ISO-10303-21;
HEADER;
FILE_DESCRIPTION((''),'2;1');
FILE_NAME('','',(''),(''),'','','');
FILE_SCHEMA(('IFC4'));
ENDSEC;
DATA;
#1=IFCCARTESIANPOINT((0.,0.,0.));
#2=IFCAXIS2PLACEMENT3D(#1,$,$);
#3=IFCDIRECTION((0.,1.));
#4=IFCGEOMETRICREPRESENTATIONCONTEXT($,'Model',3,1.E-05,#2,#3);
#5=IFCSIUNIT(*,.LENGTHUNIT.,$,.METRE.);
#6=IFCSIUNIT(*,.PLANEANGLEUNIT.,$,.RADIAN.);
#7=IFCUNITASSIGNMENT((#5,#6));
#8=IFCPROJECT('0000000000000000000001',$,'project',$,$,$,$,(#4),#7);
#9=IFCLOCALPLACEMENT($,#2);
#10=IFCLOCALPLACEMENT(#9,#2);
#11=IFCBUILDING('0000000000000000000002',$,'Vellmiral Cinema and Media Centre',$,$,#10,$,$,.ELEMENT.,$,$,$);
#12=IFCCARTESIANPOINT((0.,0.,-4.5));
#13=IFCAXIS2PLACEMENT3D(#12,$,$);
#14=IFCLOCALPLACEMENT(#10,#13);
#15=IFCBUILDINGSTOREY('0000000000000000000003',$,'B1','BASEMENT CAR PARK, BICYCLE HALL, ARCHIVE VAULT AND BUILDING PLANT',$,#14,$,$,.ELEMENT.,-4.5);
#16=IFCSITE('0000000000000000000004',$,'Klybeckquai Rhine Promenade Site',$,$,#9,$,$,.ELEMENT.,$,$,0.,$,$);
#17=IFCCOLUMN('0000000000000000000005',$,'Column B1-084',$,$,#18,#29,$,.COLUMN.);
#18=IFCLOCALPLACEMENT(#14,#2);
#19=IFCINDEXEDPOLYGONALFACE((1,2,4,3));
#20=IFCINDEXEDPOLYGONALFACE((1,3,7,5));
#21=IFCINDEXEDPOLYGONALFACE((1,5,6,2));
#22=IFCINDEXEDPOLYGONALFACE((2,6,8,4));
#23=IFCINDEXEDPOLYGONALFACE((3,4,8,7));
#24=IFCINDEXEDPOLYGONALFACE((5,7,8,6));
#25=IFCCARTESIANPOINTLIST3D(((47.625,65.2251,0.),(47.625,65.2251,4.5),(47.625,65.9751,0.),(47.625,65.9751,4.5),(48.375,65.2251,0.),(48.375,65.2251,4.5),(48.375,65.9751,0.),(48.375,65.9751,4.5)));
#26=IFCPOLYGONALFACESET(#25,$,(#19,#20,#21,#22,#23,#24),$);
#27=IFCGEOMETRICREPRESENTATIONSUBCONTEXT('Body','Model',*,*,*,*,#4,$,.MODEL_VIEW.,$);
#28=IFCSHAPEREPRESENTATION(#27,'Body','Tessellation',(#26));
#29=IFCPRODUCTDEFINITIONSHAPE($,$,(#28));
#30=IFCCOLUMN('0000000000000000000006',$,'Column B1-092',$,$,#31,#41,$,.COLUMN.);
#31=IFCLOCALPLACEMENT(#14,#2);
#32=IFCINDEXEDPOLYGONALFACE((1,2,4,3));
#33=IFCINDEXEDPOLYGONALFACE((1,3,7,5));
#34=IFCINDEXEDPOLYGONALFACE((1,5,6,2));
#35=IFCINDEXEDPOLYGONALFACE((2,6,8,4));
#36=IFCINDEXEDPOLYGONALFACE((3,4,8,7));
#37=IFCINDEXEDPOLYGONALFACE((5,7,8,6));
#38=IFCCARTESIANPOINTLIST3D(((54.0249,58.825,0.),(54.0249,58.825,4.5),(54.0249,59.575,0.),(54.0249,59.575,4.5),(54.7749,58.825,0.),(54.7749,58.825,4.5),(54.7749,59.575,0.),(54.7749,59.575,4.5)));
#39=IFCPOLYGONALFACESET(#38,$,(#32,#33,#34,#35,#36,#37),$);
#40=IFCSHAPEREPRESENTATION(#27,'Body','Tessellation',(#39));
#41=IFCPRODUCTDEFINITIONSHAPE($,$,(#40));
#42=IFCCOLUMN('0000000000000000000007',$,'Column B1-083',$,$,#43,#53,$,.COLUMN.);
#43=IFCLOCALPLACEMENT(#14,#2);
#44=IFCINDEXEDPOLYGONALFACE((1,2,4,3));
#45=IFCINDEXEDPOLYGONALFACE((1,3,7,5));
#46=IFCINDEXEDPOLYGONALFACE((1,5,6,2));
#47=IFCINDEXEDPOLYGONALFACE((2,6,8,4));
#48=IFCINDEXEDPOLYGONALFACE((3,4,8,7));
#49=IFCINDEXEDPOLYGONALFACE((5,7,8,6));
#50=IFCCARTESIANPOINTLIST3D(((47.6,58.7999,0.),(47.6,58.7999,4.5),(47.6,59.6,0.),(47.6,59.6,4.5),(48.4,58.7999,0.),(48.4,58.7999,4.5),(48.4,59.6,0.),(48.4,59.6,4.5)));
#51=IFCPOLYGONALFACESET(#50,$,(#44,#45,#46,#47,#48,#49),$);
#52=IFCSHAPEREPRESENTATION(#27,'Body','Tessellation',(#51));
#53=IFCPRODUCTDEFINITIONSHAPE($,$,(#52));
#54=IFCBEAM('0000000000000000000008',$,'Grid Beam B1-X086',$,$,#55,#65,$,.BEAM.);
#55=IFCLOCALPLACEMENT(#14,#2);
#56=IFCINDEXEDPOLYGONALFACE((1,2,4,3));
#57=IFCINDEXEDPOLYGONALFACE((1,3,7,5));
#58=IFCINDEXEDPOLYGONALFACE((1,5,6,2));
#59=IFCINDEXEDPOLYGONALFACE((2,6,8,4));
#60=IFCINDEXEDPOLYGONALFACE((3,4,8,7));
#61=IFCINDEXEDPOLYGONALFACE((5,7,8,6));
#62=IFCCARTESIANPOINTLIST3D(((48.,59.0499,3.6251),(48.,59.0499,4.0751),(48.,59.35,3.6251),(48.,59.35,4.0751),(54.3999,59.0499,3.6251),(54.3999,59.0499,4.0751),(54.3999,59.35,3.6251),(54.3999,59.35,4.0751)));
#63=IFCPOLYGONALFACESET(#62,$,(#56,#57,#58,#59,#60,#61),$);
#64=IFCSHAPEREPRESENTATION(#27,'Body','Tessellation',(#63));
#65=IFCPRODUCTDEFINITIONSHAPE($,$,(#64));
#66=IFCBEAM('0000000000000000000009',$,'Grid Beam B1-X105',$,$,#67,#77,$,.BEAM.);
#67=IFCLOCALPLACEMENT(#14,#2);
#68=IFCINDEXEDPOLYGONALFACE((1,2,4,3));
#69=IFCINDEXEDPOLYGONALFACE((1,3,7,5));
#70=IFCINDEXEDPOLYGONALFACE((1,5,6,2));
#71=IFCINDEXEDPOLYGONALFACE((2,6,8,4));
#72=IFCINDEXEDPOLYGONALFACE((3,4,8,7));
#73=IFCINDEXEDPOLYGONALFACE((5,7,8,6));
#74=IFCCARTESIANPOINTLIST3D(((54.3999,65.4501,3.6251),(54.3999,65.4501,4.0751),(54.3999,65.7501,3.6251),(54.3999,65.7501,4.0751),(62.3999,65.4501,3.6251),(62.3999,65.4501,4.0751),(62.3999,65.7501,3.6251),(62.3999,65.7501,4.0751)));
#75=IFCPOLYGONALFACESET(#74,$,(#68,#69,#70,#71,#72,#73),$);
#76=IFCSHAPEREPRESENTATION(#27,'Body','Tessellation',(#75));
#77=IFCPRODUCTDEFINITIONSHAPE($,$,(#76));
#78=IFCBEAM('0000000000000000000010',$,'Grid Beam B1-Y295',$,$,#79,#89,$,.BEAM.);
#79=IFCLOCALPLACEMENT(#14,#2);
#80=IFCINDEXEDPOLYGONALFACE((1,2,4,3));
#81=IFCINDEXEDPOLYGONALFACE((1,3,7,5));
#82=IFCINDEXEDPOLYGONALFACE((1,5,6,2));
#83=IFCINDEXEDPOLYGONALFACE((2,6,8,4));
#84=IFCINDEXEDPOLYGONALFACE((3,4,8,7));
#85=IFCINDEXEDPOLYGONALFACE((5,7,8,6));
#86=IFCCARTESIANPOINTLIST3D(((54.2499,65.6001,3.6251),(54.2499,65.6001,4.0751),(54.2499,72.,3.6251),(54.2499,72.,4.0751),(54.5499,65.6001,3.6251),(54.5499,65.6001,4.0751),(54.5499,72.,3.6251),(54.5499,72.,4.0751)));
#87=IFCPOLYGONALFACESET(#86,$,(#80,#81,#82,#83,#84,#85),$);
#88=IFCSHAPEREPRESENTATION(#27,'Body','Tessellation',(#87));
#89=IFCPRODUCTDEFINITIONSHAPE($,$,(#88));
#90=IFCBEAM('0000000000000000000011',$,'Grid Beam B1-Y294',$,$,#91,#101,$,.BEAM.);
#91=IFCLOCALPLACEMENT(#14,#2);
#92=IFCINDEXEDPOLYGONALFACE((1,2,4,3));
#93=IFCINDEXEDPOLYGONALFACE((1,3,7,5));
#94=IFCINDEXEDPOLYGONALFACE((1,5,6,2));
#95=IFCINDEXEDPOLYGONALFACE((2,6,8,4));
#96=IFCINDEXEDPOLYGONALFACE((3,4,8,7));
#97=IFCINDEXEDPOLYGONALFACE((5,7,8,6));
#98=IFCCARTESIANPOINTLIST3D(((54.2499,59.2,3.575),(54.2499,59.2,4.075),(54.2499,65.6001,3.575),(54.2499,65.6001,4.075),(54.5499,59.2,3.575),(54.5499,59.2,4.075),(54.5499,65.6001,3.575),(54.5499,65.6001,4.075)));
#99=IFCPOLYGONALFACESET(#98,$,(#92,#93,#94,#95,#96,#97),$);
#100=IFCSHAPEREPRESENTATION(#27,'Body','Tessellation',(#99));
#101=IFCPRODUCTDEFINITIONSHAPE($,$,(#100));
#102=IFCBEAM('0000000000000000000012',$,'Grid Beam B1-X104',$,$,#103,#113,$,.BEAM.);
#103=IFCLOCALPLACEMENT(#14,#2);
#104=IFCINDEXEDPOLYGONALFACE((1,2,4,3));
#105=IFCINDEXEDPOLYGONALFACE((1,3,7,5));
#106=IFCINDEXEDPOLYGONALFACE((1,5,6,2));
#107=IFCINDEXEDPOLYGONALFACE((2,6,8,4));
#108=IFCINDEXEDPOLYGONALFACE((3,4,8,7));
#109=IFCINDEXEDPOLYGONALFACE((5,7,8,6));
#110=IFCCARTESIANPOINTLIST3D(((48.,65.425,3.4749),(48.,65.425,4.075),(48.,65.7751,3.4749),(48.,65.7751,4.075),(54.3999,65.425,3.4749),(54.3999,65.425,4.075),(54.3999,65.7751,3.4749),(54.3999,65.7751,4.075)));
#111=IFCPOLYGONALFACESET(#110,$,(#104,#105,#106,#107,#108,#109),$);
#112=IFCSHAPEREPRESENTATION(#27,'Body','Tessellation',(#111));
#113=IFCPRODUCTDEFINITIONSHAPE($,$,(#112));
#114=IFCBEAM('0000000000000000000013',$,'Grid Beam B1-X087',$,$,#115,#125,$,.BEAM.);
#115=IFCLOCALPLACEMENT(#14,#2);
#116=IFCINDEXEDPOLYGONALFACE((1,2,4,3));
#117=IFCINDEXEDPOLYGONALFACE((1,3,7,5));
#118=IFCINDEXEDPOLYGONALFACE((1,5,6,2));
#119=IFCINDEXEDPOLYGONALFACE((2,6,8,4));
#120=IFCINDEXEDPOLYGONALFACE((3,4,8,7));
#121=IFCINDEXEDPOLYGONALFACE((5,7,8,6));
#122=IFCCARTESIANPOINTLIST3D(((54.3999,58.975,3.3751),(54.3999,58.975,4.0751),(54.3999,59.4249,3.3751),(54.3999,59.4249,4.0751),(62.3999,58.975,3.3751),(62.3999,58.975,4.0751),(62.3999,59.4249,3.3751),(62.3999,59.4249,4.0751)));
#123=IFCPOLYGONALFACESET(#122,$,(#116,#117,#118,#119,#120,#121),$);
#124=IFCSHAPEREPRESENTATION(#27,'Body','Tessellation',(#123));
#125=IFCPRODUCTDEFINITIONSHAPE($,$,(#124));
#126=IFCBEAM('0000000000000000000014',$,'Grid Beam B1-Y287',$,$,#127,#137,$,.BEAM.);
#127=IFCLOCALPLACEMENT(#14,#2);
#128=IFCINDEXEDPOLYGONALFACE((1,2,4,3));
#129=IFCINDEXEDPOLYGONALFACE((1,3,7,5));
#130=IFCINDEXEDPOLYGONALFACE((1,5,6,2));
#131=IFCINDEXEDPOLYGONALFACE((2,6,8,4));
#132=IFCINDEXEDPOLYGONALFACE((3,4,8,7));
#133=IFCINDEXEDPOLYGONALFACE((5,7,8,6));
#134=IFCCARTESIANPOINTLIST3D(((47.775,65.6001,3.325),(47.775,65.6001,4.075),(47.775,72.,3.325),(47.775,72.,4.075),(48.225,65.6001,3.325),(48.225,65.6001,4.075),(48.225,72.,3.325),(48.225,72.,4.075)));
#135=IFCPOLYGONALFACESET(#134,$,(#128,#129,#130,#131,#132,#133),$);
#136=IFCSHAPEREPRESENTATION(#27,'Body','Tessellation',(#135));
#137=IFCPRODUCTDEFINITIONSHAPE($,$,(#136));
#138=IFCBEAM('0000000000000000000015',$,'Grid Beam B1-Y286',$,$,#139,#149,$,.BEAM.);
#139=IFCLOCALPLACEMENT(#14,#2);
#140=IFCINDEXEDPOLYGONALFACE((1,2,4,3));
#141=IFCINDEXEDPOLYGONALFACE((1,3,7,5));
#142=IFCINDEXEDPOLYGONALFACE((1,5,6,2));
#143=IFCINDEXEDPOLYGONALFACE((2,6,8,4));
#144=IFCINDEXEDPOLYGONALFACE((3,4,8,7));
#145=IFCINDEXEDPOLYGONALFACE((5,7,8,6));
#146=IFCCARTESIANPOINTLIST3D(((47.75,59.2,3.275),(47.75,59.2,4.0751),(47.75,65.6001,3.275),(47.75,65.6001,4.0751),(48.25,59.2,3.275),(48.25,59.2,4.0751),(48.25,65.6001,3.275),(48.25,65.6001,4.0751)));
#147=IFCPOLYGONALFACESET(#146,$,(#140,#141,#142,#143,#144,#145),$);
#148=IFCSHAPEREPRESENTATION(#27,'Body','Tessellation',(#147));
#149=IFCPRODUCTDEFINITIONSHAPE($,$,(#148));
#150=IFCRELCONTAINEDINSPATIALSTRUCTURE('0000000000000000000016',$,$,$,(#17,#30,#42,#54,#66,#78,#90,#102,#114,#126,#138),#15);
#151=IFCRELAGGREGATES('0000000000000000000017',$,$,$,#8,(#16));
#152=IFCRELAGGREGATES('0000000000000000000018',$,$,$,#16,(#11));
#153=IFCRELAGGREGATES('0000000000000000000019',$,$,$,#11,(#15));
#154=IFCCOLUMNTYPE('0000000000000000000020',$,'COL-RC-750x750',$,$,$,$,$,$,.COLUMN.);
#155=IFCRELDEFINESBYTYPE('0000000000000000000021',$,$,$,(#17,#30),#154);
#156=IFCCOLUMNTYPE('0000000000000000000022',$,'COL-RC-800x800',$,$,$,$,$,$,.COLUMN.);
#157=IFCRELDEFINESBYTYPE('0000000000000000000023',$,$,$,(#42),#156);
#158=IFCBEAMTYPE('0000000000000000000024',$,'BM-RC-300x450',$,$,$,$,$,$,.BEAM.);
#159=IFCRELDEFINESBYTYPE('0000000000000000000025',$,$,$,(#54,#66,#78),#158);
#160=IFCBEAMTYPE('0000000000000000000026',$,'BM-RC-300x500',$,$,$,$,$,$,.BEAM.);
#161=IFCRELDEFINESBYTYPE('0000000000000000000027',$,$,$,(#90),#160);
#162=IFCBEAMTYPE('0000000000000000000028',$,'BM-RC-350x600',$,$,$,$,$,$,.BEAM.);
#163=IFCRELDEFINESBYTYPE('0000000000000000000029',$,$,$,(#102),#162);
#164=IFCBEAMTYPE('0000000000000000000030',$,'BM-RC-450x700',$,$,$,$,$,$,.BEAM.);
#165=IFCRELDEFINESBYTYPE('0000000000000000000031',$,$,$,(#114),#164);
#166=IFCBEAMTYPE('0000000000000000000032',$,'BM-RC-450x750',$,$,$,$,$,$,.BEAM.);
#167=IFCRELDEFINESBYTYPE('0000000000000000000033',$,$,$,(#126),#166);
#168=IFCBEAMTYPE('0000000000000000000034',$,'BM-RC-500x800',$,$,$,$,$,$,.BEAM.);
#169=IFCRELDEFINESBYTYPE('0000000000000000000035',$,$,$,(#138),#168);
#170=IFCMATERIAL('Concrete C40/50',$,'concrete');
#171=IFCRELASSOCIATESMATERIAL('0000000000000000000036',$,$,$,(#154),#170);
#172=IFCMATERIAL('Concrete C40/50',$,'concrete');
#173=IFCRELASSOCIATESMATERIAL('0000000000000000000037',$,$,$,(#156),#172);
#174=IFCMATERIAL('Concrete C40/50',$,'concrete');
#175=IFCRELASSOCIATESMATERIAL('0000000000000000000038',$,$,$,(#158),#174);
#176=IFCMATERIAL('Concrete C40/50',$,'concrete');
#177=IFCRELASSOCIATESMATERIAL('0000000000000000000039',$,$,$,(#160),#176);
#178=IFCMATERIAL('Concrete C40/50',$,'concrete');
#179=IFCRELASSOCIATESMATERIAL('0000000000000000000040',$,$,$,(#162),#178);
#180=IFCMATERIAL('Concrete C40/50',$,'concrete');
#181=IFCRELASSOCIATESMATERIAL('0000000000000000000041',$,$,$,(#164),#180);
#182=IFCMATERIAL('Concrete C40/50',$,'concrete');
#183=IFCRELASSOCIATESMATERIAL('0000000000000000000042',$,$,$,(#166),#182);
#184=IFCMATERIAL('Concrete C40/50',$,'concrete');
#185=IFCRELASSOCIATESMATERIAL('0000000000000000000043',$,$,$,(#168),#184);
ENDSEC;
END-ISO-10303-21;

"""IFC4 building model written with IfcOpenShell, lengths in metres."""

from ifc_helpers import new_model, si_unit, direction, frame, origin, origin_2d, place, context, subcontext, project, spatial, rectangle, extrude, material, material_profile, profile_set, type_object, element, save


model = new_model("IFC4")

# Units and contexts
model_context = context("Model", 3, precision=1e-05, world=origin(), true_north=direction((0.0, 1.0)))
body_context = subcontext(model_context, "Body", "Model", "MODEL_VIEW")
ifc_project = project(units=[si_unit("LENGTHUNIT", "METRE"), si_unit("PLANEANGLEUNIT", "RADIAN")], contexts=[model_context])

# Site, building, storey
site_placement = place(None, origin())
site = spatial("IfcSite", under=ifc_project, at=site_placement, Name="Klybeckquai Rhine Promenade Site", CompositionType="ELEMENT", RefElevation=0.0)
building_placement = place(site_placement, origin())
building = spatial("IfcBuilding", under=site, at=building_placement, Name="Vellmiral Cinema and Media Centre", CompositionType="ELEMENT")
storey_placement = place(building_placement, frame((0.0, 0.0, -4.5)))
storey = spatial("IfcBuildingStorey", under=building, at=storey_placement, Name="B1", Description="BASEMENT CAR PARK, BICYCLE HALL, ARCHIVE VAULT AND BUILDING PLANT", CompositionType="ELEMENT", Elevation=-4.5)

# Columns
ifc_material_1 = material(Name="Concrete C40/50", Category="concrete")
ifc_material_profile_1 = material_profile(ifc_material_1, rectangle(XDim=0.75, YDim=0.75, at=origin_2d()), Name="RC 750x750")
ifc_profile_set_1 = profile_set([ifc_material_profile_1], Name="Concrete C40/50")
column_type_1 = type_object("IfcColumnType", Name="COL-RC-750x750", PredefinedType="COLUMN", material=ifc_profile_set_1)
for number, where, z_axis, x_axis, name in (
    (1, (48.0, 65.6001, 0.0), (0.0, 0.0, 1.0), (1.0, 0.0, 0.0), "Column B1-084"),
    (2, (54.3999, 59.2, 0.0), (0.0, 0.0, 1.0), (1.0, 0.0, 0.0), "Column B1-092"),
):
    element("IfcColumn", number, at=place(storey_placement, frame(where, z_axis=z_axis, x_axis=x_axis)), inside=storey, type_object=column_type_1, Name=name, PredefinedType="COLUMN", context=body_context, shape_type="SweptSolid", body=[
        extrude(rectangle(XDim=0.75, YDim=0.75, at=origin_2d()), origin(), (0.0, 0.0, 1.0), 4.5),
    ])
ifc_material_2 = material(Name="Concrete C40/50", Category="concrete")
ifc_material_profile_2 = material_profile(ifc_material_2, rectangle(XDim=0.8, YDim=0.8, at=origin_2d()), Name="RC 800x800")
ifc_profile_set_2 = profile_set([ifc_material_profile_2], Name="Concrete C40/50")
column_type_2 = type_object("IfcColumnType", Name="COL-RC-800x800", PredefinedType="COLUMN", material=ifc_profile_set_2)
column_1_placement = place(storey_placement, frame((48.0, 59.2, 0.0), z_axis=(0.0, 0.0, 1.0), x_axis=(1.0, 0.0, 0.0)))
element("IfcColumn", 3, at=column_1_placement, inside=storey, type_object=column_type_2, Name="Column B1-083", PredefinedType="COLUMN", context=body_context, shape_type="SweptSolid", body=[
    extrude(rectangle(XDim=0.8, YDim=0.8, at=origin_2d()), origin(), (0.0, 0.0, 1.0), 4.5),
])

# Beams
ifc_material_3 = material(Name="Concrete C40/50", Category="concrete")
ifc_material_profile_3 = material_profile(ifc_material_3, rectangle(XDim=0.3, YDim=0.45, at=origin_2d()), Name="RC 300x450")
ifc_profile_set_3 = profile_set([ifc_material_profile_3], Name="Concrete C40/50")
beam_type_1 = type_object("IfcBeamType", Name="BM-RC-300x450", PredefinedType="BEAM", material=ifc_profile_set_3)
beam_1_placement = place(storey_placement, frame((48.0, 59.2, 3.8501), z_axis=(1.0, 0.0, 0.0), x_axis=(0.0, 1.0, 0.0)))
element("IfcBeam", 4, at=beam_1_placement, inside=storey, type_object=beam_type_1, Name="Grid Beam B1-X086", PredefinedType="BEAM", context=body_context, shape_type="SweptSolid", body=[
    extrude(rectangle(XDim=0.3, YDim=0.45, at=origin_2d()), origin(), (0.0, 0.0, 1.0), 6.3999),
])
beam_2_placement = place(storey_placement, frame((54.3999, 65.6001, 3.8501), z_axis=(1.0, 0.0, 0.0), x_axis=(0.0, 1.0, 0.0)))
element("IfcBeam", 5, at=beam_2_placement, inside=storey, type_object=beam_type_1, Name="Grid Beam B1-X105", PredefinedType="BEAM", context=body_context, shape_type="SweptSolid", body=[
    extrude(rectangle(XDim=0.3, YDim=0.45, at=origin_2d()), origin(), (0.0, 0.0, 1.0), 8.0),
])
beam_3_placement = place(storey_placement, frame((54.3999, 65.6001, 3.8501), z_axis=(0.0, 1.0, 0.0), x_axis=(-1.0, 0.0, 0.0)))
element("IfcBeam", 6, at=beam_3_placement, inside=storey, type_object=beam_type_1, Name="Grid Beam B1-Y295", PredefinedType="BEAM", context=body_context, shape_type="SweptSolid", body=[
    extrude(rectangle(XDim=0.3, YDim=0.45, at=origin_2d()), origin(), (0.0, 0.0, 1.0), 6.3999),
])
ifc_material_4 = material(Name="Concrete C40/50", Category="concrete")
ifc_material_profile_4 = material_profile(ifc_material_4, rectangle(XDim=0.3, YDim=0.5, at=origin_2d()), Name="RC 300x500")
ifc_profile_set_4 = profile_set([ifc_material_profile_4], Name="Concrete C40/50")
beam_type_2 = type_object("IfcBeamType", Name="BM-RC-300x500", PredefinedType="BEAM", material=ifc_profile_set_4)
beam_4_placement = place(storey_placement, frame((54.3999, 59.2, 3.825), z_axis=(0.0, 1.0, 0.0), x_axis=(-1.0, 0.0, 0.0)))
element("IfcBeam", 7, at=beam_4_placement, inside=storey, type_object=beam_type_2, Name="Grid Beam B1-Y294", PredefinedType="BEAM", context=body_context, shape_type="SweptSolid", body=[
    extrude(rectangle(XDim=0.3, YDim=0.5, at=origin_2d()), origin(), (0.0, 0.0, 1.0), 6.4001),
])
ifc_material_5 = material(Name="Concrete C40/50", Category="concrete")
ifc_material_profile_5 = material_profile(ifc_material_5, rectangle(XDim=0.3501, YDim=0.6001, at=origin_2d()), Name="RC 350x600")
ifc_profile_set_5 = profile_set([ifc_material_profile_5], Name="Concrete C40/50")
beam_type_3 = type_object("IfcBeamType", Name="BM-RC-350x600", PredefinedType="BEAM", material=ifc_profile_set_5)
beam_5_placement = place(storey_placement, frame((48.0, 65.6001, 3.7749), z_axis=(1.0, 0.0, 0.0), x_axis=(0.0, 1.0, 0.0)))
element("IfcBeam", 8, at=beam_5_placement, inside=storey, type_object=beam_type_3, Name="Grid Beam B1-X104", PredefinedType="BEAM", context=body_context, shape_type="SweptSolid", body=[
    extrude(rectangle(XDim=0.3501, YDim=0.6001, at=origin_2d()), origin(), (0.0, 0.0, 1.0), 6.3999),
])
ifc_material_6 = material(Name="Concrete C40/50", Category="concrete")
ifc_material_profile_6 = material_profile(ifc_material_6, rectangle(XDim=0.45, YDim=0.7, at=origin_2d()), Name="RC 450x700")
ifc_profile_set_6 = profile_set([ifc_material_profile_6], Name="Concrete C40/50")
beam_type_4 = type_object("IfcBeamType", Name="BM-RC-450x700", PredefinedType="BEAM", material=ifc_profile_set_6)
beam_6_placement = place(storey_placement, frame((54.3999, 59.2, 3.7251), z_axis=(1.0, 0.0, 0.0), x_axis=(0.0, 1.0, 0.0)))
element("IfcBeam", 9, at=beam_6_placement, inside=storey, type_object=beam_type_4, Name="Grid Beam B1-X087", PredefinedType="BEAM", context=body_context, shape_type="SweptSolid", body=[
    extrude(rectangle(XDim=0.45, YDim=0.7, at=origin_2d()), origin(), (0.0, 0.0, 1.0), 8.0),
])
ifc_material_7 = material(Name="Concrete C40/50", Category="concrete")
ifc_material_profile_7 = material_profile(ifc_material_7, rectangle(XDim=0.45, YDim=0.75, at=origin_2d()), Name="RC 450x750")
ifc_profile_set_7 = profile_set([ifc_material_profile_7], Name="Concrete C40/50")
beam_type_5 = type_object("IfcBeamType", Name="BM-RC-450x750", PredefinedType="BEAM", material=ifc_profile_set_7)
beam_7_placement = place(storey_placement, frame((48.0, 65.6001, 3.7), z_axis=(0.0, 1.0, 0.0), x_axis=(-1.0, 0.0, 0.0)))
element("IfcBeam", 10, at=beam_7_placement, inside=storey, type_object=beam_type_5, Name="Grid Beam B1-Y287", PredefinedType="BEAM", context=body_context, shape_type="SweptSolid", body=[
    extrude(rectangle(XDim=0.45, YDim=0.75, at=origin_2d()), origin(), (0.0, 0.0, 1.0), 6.3999),
])
ifc_material_8 = material(Name="Concrete C40/50", Category="concrete")
ifc_material_profile_8 = material_profile(ifc_material_8, rectangle(XDim=0.5, YDim=0.8, at=origin_2d()), Name="RC 500x800")
ifc_profile_set_8 = profile_set([ifc_material_profile_8], Name="Concrete C40/50")
beam_type_6 = type_object("IfcBeamType", Name="BM-RC-500x800", PredefinedType="BEAM", material=ifc_profile_set_8)
beam_8_placement = place(storey_placement, frame((48.0, 59.2, 3.675), z_axis=(0.0, 1.0, 0.0), x_axis=(-1.0, 0.0, 0.0)))
element("IfcBeam", 11, at=beam_8_placement, inside=storey, type_object=beam_type_6, Name="Grid Beam B1-Y286", PredefinedType="BEAM", context=body_context, shape_type="SweptSolid", body=[
    extrude(rectangle(XDim=0.5, YDim=0.8, at=origin_2d()), origin(), (0.0, 0.0, 1.0), 6.4001),
])

save(model, "model.ifc")
